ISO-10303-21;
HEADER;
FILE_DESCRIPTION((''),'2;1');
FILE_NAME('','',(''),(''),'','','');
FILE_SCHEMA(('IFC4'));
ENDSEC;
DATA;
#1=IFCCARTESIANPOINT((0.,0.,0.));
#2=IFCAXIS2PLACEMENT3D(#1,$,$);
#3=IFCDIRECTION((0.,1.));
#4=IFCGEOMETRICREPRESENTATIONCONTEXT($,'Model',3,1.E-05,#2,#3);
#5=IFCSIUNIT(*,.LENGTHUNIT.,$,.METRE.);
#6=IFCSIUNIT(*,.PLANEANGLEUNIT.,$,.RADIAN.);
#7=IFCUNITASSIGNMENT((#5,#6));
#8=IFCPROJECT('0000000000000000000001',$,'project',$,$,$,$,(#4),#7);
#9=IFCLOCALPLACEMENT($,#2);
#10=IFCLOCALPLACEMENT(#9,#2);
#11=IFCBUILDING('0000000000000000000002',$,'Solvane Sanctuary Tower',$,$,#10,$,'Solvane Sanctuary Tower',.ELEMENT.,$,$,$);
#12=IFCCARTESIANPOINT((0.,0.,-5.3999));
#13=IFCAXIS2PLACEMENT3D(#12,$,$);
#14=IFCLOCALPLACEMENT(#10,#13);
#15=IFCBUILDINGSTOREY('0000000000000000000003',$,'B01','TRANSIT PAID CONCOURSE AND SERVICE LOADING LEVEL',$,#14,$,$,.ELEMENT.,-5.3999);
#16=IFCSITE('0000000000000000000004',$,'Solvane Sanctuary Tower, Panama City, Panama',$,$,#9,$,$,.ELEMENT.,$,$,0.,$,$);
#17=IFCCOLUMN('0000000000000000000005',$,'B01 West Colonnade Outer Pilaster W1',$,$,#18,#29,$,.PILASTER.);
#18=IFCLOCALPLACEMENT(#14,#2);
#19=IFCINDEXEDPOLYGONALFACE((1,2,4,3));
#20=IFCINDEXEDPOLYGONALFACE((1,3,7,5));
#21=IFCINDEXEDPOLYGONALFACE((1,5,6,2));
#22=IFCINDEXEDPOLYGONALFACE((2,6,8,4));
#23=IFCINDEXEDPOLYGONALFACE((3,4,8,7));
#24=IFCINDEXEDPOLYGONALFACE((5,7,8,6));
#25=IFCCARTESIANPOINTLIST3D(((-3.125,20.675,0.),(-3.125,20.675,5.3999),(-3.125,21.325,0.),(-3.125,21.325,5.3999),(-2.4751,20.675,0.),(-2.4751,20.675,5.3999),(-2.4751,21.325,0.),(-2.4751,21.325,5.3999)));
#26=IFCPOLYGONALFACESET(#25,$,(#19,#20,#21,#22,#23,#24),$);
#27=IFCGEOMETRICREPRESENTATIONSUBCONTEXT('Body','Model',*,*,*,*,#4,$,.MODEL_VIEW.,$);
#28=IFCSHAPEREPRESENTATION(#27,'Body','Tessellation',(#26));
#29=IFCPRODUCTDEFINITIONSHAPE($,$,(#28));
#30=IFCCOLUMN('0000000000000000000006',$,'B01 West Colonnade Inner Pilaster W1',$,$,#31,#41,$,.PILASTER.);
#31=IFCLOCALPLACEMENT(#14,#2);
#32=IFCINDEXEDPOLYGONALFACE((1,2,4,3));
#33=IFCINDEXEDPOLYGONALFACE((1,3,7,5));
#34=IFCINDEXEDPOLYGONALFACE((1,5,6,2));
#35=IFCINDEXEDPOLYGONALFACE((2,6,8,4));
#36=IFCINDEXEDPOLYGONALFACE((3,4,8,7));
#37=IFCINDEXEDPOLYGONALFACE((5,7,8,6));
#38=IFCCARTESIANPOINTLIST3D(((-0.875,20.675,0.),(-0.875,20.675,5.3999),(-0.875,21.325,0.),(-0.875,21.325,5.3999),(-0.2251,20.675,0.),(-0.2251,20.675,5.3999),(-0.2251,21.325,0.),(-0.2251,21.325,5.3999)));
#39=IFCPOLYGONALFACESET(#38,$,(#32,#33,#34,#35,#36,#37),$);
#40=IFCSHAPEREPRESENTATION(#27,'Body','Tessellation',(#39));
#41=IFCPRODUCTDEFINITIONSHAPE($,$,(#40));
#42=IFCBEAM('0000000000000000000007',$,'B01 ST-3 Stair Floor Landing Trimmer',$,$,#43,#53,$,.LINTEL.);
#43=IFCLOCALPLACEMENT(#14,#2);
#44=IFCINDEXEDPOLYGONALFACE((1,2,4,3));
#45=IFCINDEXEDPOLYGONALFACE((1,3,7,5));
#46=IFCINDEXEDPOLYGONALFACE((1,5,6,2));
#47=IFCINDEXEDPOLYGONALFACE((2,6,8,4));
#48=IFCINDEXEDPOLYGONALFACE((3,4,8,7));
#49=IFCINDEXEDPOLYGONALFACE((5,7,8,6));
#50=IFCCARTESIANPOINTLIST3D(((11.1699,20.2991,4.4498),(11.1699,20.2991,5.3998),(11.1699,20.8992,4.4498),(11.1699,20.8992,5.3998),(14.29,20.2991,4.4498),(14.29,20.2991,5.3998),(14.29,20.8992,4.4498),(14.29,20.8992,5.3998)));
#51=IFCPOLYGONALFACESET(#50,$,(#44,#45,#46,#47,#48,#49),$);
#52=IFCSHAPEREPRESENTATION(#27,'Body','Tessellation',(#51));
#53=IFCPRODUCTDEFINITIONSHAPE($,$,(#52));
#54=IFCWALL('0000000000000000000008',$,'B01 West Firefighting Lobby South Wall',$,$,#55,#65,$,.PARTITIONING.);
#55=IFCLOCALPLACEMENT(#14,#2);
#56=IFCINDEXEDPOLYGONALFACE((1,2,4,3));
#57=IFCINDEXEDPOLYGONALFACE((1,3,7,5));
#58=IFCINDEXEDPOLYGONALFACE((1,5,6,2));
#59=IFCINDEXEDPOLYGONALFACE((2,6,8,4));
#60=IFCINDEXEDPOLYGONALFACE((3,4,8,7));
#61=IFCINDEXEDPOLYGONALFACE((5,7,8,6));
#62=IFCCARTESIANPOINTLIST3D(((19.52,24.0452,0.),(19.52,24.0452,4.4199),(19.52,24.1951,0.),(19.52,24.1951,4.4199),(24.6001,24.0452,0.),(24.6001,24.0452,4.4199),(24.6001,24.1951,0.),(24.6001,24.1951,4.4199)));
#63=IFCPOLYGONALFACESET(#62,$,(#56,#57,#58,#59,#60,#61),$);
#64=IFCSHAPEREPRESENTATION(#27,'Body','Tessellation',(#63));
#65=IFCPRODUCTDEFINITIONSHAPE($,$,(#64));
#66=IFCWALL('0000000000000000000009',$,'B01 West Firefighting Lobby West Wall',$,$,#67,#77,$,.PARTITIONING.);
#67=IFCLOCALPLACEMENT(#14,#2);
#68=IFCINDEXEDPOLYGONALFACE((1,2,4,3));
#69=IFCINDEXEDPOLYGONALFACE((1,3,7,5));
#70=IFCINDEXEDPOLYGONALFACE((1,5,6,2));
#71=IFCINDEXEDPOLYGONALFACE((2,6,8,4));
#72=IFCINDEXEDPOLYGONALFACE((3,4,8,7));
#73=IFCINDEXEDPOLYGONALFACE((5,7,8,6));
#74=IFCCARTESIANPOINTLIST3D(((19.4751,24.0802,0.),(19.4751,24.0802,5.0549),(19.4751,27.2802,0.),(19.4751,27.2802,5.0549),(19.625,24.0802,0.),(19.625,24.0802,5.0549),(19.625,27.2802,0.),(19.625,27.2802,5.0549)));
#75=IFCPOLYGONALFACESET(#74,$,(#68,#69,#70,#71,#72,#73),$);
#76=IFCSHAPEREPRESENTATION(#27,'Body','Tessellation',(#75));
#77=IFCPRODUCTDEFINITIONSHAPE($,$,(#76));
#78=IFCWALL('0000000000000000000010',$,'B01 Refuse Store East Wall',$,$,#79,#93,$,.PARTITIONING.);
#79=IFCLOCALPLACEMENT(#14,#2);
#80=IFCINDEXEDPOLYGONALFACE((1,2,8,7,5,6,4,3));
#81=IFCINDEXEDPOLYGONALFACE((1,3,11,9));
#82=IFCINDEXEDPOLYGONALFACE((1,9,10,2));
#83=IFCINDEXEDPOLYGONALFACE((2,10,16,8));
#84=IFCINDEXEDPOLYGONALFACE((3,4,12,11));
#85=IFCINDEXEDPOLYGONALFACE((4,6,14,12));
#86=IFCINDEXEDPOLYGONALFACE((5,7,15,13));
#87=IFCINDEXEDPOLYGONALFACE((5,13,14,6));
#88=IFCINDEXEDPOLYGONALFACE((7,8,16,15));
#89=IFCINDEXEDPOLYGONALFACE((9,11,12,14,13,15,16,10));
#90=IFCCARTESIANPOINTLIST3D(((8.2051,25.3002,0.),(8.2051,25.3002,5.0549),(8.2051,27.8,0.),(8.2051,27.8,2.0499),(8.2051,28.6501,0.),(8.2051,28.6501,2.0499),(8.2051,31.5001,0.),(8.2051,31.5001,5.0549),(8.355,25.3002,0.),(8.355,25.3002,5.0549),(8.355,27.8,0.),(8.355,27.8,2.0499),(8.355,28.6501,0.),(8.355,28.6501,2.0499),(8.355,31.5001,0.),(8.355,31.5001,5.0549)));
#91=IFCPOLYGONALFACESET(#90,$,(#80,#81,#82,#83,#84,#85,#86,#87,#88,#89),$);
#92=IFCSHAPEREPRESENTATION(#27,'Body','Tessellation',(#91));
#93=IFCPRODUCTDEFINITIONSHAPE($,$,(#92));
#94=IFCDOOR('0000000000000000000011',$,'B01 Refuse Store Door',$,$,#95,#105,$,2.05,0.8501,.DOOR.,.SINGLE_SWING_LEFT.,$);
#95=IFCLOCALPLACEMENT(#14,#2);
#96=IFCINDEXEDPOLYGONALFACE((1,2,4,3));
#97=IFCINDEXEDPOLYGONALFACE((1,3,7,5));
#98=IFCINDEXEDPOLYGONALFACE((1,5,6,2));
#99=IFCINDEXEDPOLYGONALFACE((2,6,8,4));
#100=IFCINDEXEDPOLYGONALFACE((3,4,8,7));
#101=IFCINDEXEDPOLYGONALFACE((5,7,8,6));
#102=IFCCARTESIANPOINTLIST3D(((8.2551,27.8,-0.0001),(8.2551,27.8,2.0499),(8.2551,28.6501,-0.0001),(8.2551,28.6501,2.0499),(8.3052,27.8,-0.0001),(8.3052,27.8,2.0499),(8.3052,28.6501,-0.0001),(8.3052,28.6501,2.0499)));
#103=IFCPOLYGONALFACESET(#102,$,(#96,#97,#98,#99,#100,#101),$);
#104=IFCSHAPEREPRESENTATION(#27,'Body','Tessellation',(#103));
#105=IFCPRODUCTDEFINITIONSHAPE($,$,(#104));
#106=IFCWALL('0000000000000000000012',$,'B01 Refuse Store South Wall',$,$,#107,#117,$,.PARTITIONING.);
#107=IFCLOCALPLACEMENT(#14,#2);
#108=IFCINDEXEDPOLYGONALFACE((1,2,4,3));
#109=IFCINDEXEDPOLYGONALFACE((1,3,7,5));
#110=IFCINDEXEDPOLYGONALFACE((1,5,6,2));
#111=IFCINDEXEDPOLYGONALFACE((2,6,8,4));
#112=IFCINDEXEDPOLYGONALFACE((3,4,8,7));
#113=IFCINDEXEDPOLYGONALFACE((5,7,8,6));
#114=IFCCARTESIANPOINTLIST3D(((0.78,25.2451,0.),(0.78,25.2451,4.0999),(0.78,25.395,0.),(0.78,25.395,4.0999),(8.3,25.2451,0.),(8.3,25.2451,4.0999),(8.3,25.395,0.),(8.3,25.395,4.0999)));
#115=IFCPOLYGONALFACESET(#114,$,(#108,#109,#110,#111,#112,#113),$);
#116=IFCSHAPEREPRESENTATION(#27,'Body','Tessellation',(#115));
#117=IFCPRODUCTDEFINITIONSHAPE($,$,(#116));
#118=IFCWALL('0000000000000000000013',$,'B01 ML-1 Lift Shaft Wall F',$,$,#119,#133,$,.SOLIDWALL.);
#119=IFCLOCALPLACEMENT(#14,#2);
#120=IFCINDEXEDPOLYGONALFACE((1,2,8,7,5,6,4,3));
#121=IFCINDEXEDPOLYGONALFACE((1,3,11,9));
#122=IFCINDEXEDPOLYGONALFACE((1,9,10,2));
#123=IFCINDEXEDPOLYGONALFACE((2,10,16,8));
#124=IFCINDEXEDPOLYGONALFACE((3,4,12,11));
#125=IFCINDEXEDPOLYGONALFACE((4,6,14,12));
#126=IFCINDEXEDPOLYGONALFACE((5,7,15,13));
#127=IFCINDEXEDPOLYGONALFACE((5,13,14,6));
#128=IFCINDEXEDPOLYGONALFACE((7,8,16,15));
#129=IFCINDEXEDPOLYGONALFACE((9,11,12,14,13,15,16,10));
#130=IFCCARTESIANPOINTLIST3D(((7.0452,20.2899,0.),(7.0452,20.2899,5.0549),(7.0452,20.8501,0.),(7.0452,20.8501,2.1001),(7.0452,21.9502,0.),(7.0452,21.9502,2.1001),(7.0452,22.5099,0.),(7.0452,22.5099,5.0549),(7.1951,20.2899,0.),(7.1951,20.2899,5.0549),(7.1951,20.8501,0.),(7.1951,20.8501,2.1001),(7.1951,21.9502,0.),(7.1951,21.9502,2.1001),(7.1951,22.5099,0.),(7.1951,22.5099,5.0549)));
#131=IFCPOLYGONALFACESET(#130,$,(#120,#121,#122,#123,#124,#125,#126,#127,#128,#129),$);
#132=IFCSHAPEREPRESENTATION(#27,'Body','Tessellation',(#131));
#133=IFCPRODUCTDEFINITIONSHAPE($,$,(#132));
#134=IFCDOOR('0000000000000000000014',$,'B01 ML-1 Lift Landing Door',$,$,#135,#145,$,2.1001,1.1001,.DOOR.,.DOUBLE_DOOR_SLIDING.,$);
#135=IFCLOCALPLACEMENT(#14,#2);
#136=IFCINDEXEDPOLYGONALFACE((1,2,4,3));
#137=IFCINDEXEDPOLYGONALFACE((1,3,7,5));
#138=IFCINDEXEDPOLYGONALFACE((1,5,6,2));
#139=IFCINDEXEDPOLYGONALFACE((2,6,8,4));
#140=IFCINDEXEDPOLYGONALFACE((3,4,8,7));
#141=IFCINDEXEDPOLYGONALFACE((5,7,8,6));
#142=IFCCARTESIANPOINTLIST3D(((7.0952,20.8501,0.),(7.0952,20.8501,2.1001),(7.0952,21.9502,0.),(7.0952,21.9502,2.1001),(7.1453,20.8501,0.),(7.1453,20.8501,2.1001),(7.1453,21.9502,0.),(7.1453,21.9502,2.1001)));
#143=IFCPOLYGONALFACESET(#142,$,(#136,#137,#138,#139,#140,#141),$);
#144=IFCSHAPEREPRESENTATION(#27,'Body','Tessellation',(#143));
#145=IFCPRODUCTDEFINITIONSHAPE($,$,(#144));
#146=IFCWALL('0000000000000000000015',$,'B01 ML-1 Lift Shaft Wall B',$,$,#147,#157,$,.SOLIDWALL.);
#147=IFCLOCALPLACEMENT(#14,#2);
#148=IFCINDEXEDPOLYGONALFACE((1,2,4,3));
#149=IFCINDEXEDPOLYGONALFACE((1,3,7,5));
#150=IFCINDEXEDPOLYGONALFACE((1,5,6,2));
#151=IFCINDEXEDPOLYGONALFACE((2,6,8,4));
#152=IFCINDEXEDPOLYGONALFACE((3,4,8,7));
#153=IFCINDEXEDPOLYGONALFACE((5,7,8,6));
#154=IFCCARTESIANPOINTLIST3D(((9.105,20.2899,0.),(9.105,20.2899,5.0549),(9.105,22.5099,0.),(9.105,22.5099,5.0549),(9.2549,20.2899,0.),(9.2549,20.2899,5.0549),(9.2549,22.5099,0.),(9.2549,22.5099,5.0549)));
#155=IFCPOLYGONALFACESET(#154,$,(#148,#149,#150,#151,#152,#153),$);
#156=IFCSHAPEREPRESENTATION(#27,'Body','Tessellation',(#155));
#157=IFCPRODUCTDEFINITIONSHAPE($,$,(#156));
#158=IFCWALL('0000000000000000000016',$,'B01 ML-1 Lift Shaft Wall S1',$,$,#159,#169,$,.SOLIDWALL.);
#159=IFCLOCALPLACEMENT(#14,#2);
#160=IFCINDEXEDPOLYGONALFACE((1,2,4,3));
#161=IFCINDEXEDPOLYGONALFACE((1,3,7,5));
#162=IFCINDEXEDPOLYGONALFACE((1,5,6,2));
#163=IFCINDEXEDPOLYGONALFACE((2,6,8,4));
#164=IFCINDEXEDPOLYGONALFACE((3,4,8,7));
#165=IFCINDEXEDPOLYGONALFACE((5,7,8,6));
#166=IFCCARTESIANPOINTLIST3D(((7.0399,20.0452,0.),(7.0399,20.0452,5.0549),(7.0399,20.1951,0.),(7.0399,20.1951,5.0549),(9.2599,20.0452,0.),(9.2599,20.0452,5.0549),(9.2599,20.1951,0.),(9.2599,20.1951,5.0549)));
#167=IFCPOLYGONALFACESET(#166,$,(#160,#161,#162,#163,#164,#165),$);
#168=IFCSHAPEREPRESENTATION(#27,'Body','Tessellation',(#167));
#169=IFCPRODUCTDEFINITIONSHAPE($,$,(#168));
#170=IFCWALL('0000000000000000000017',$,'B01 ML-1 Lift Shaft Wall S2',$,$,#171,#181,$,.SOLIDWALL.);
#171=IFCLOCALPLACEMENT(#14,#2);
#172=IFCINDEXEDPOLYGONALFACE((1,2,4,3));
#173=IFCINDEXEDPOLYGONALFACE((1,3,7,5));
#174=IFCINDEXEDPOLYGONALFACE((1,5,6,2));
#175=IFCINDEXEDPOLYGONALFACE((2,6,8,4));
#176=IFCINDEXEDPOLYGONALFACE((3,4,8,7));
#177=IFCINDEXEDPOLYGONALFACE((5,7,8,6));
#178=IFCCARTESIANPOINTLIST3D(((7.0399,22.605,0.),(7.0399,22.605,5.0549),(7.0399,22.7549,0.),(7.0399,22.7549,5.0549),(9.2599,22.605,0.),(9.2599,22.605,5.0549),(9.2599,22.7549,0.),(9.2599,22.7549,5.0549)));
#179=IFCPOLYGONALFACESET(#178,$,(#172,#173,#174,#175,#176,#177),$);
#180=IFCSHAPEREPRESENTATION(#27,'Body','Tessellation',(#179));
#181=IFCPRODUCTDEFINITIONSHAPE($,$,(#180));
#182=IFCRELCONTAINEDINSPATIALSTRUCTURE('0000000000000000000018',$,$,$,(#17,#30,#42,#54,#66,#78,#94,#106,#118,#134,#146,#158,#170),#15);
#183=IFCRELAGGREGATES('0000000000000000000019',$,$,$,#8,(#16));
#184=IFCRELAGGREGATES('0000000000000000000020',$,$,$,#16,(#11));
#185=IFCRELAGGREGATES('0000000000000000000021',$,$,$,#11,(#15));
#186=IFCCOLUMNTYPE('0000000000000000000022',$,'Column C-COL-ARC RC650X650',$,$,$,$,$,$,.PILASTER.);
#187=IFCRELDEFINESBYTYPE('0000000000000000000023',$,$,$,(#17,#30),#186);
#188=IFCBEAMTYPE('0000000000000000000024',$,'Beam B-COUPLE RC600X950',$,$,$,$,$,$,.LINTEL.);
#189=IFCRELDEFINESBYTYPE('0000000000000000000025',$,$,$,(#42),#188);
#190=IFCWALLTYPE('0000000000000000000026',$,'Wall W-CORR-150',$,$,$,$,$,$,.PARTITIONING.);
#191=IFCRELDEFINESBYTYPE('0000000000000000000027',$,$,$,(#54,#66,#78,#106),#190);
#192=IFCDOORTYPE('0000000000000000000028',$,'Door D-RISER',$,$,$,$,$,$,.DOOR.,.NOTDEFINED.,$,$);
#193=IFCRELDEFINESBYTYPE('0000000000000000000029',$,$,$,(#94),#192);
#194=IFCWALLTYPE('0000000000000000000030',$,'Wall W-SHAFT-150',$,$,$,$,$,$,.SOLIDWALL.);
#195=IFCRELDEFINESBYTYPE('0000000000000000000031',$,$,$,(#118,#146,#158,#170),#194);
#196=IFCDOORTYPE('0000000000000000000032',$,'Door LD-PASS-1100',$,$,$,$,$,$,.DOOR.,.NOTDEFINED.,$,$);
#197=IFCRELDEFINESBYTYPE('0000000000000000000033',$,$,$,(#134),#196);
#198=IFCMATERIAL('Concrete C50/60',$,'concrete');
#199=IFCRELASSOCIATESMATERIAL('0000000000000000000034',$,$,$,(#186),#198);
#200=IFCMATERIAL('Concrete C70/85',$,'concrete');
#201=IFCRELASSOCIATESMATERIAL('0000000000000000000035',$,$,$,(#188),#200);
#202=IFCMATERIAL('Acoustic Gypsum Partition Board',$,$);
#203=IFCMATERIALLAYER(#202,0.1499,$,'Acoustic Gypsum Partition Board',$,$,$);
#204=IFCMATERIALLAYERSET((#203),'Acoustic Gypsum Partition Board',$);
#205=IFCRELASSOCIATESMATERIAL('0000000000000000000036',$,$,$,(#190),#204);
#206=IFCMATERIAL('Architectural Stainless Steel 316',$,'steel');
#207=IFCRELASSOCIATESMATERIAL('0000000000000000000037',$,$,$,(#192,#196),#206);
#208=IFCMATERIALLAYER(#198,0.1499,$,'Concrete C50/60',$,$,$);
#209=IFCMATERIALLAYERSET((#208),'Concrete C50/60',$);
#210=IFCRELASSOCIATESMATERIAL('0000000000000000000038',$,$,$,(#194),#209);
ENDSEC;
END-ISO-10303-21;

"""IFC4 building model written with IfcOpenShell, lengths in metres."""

from ifc_helpers import new_model, si_unit, direction, frame, frame_2d, origin, origin_2d, place, context, subcontext, project, spatial, rectangle, extrude, material, layer, layer_set, material_profile, profile_set, type_object, element, fill, save


model = new_model("IFC4")

# Units and contexts
model_context = context("Model", 3, precision=1e-05, world=origin(), true_north=direction((0.0, 1.0)))
body_context = subcontext(model_context, "Body", "Model", "MODEL_VIEW")
ifc_project = project(units=[si_unit("LENGTHUNIT", "METRE"), si_unit("PLANEANGLEUNIT", "RADIAN")], contexts=[model_context])

# Site, building, storey
site_placement = place(None, origin())
site = spatial("IfcSite", under=ifc_project, at=site_placement, Name="Solvane Sanctuary Tower, Panama City, Panama", CompositionType="ELEMENT", RefElevation=0.0)
building_placement = place(site_placement, origin())
building = spatial("IfcBuilding", under=site, at=building_placement, Name="Solvane Sanctuary Tower", LongName="Solvane Sanctuary Tower", CompositionType="ELEMENT")
storey_placement = place(building_placement, frame((0.0, 0.0, -5.3999)))
storey = spatial("IfcBuildingStorey", under=building, at=storey_placement, Name="B01", Description="TRANSIT PAID CONCOURSE AND SERVICE LOADING LEVEL", CompositionType="ELEMENT", Elevation=-5.3999)

# Columns
ifc_material_1 = material(Name="Concrete C50/60", Category="concrete")
ifc_material_profile_1 = material_profile(ifc_material_1, rectangle(XDim=0.6499, YDim=0.6499, at=origin_2d()), Name="RC650X650")
ifc_profile_set_1 = profile_set([ifc_material_profile_1], Name="Concrete C50/60")
column_type = type_object("IfcColumnType", Name="Column C-COL-ARC RC650X650", PredefinedType="PILASTER", material=ifc_profile_set_1)
for number, where, z_axis, x_axis, name in (
    (1, (-2.8, 21.0, 0.0), (0.0, 0.0, 1.0), (1.0, 0.0, 0.0), "B01 West Colonnade Outer Pilaster W1"),
    (2, (-0.55, 21.0, 0.0), (0.0, 0.0, 1.0), (1.0, 0.0, 0.0), "B01 West Colonnade Inner Pilaster W1"),
):
    element("IfcColumn", number, at=place(storey_placement, frame(where, z_axis=z_axis, x_axis=x_axis)), inside=storey, type_object=column_type, Name=name, PredefinedType="PILASTER", context=body_context, shape_type="SweptSolid", body=[
        extrude(rectangle(XDim=0.6499, YDim=0.6499, at=origin_2d()), origin(), (0.0, 0.0, 1.0), 5.3999),
    ])

# Beam
ifc_material_2 = material(Name="Concrete C70/85", Category="concrete")
ifc_material_profile_2 = material_profile(ifc_material_2, rectangle(XDim=0.6001, YDim=0.95, at=origin_2d()), Name="RC600X950")
ifc_profile_set_2 = profile_set([ifc_material_profile_2], Name="Concrete C70/85")
beam_type = type_object("IfcBeamType", Name="Beam B-COUPLE RC600X950", PredefinedType="LINTEL", material=ifc_profile_set_2)
beam_placement = place(storey_placement, frame((11.1699, 20.5991, 4.9248), z_axis=(1.0, 0.0, 0.0), x_axis=(0.0, 1.0, 0.0)))
element("IfcBeam", 3, at=beam_placement, inside=storey, type_object=beam_type, Name="B01 ST-3 Stair Floor Landing Trimmer", PredefinedType="LINTEL", context=body_context, shape_type="SweptSolid", body=[
    extrude(rectangle(XDim=0.6001, YDim=0.95, at=origin_2d()), origin(), (0.0, 0.0, 1.0), 3.1201),
])

# Walls
ifc_material_3 = material(Name="Acoustic Gypsum Partition Board")
ifc_layer_1 = layer(ifc_material_3, 0.1499, Name="Acoustic Gypsum Partition Board")
ifc_layer_set_1 = layer_set([ifc_layer_1], Name="Acoustic Gypsum Partition Board")
wall_type_1 = type_object("IfcWallType", Name="Wall W-CORR-150", PredefinedType="PARTITIONING", material=ifc_layer_set_1)
wall_1_placement = place(storey_placement, frame((19.52, 24.1201, 0.0), z_axis=(0.0, 0.0, 1.0), x_axis=(1.0, 0.0, 0.0)))
element("IfcWall", 4, at=wall_1_placement, inside=storey, type_object=wall_type_1, Name="B01 West Firefighting Lobby South Wall", PredefinedType="PARTITIONING", context=body_context, shape_type="SweptSolid", body=[
    extrude(rectangle(XDim=5.0801, YDim=0.1499, at=frame_2d((2.54, 0.0))), origin(), (0.0, 0.0, 1.0), 4.4199),
])
wall_2_placement = place(storey_placement, frame((19.55, 24.0801, 0.0), z_axis=(0.0, 0.0, 1.0), x_axis=(0.0, 1.0, 0.0)))
element("IfcWall", 5, at=wall_2_placement, inside=storey, type_object=wall_type_1, Name="B01 West Firefighting Lobby West Wall", PredefinedType="PARTITIONING", context=body_context, shape_type="SweptSolid", body=[
    extrude(rectangle(XDim=3.2, YDim=0.1499, at=frame_2d((1.6001, 0.0))), origin(), (0.0, 0.0, 1.0), 5.0549),
])

# Wall, opening, door
wall_3_placement = place(storey_placement, frame((8.28, 25.3, 0.0), z_axis=(0.0, 0.0, 1.0), x_axis=(0.0, 1.0, 0.0)))
wall_3 = element("IfcWall", 6, at=wall_3_placement, inside=storey, type_object=wall_type_1, Name="B01 Refuse Store East Wall", PredefinedType="PARTITIONING", context=body_context, shape_type="SweptSolid", body=[
    extrude(rectangle(XDim=6.2, YDim=0.1499, at=frame_2d((3.1001, 0.0))), origin(), (0.0, 0.0, 1.0), 5.0549),
])
opening_1_placement = place(wall_3_placement, frame((2.5, 0.0, 0.0)))
opening_1 = element("IfcOpeningElement", 7, at=opening_1_placement, cuts=wall_3, PredefinedType="OPENING", context=body_context, shape_type="SweptSolid", body=[
    extrude(rectangle(XDim=0.8501, YDim=2.05, at=frame_2d((0.425, 1.0249))), frame((0.0, 0.085, 0.0), z_axis=(0.0, -1.0, 0.0), x_axis=(1.0, 0.0, 0.0)), (0.0, 0.0, 1.0), 0.1699),
])
ifc_material_4 = material(Name="Architectural Stainless Steel 316", Category="steel")
door_type_1 = type_object("IfcDoorType", Name="Door D-RISER", OperationType="NOTDEFINED", PredefinedType="DOOR", material=ifc_material_4)
door_1_placement = place(opening_1_placement, origin())
door_1 = element("IfcDoor", 8, at=door_1_placement, inside=storey, type_object=door_type_1, Name="B01 Refuse Store Door", OperationType="SINGLE_SWING_LEFT", OverallHeight=2.05, OverallWidth=0.8501, PredefinedType="DOOR", context=body_context, shape_type="SweptSolid", body=[
    extrude(rectangle(XDim=0.8501, YDim=2.05, at=frame_2d((0.425, 1.0249))), frame((0.0, 0.0249, 0.0), z_axis=(0.0, -1.0, 0.0), x_axis=(1.0, 0.0, 0.0)), (0.0, 0.0, 1.0), 0.05),
])
fill(opening_1, door_1)

# Wall
wall_4_placement = place(storey_placement, frame((0.78, 25.3201, 0.0), z_axis=(0.0, 0.0, 1.0), x_axis=(1.0, 0.0, 0.0)))
element("IfcWall", 9, at=wall_4_placement, inside=storey, type_object=wall_type_1, Name="B01 Refuse Store South Wall", PredefinedType="PARTITIONING", context=body_context, shape_type="SweptSolid", body=[
    extrude(rectangle(XDim=7.52, YDim=0.1499, at=frame_2d((3.76, 0.0))), origin(), (0.0, 0.0, 1.0), 4.0999),
])

# Wall, opening, door
ifc_layer_2 = layer(ifc_material_1, 0.1499, Name="Concrete C50/60")
ifc_layer_set_2 = layer_set([ifc_layer_2], Name="Concrete C50/60")
wall_type_2 = type_object("IfcWallType", Name="Wall W-SHAFT-150", PredefinedType="SOLIDWALL", material=ifc_layer_set_2)
wall_5_placement = place(storey_placement, frame((7.1201, 20.29, 0.0), z_axis=(0.0, 0.0, 1.0), x_axis=(0.0, 1.0, 0.0)))
wall_5 = element("IfcWall", 10, at=wall_5_placement, inside=storey, type_object=wall_type_2, Name="B01 ML-1 Lift Shaft Wall F", PredefinedType="SOLIDWALL", context=body_context, shape_type="SweptSolid", body=[
    extrude(rectangle(XDim=2.22, YDim=0.1499, at=frame_2d((1.1099, 0.0))), origin(), (0.0, 0.0, 1.0), 5.0549),
])
opening_2_placement = place(wall_5_placement, frame((0.5601, 0.0, 0.0)))
opening_2 = element("IfcOpeningElement", 11, at=opening_2_placement, cuts=wall_5, PredefinedType="OPENING", context=body_context, shape_type="SweptSolid", body=[
    extrude(rectangle(XDim=1.1001, YDim=2.1001, at=frame_2d((0.55, 1.05))), frame((0.0, 0.085, 0.0), z_axis=(0.0, -1.0, 0.0), x_axis=(1.0, 0.0, 0.0)), (0.0, 0.0, 1.0), 0.1699),
])
door_type_2 = type_object("IfcDoorType", Name="Door LD-PASS-1100", OperationType="NOTDEFINED", PredefinedType="DOOR", material=ifc_material_4)
door_2_placement = place(opening_2_placement, origin())
door_2 = element("IfcDoor", 12, at=door_2_placement, inside=storey, type_object=door_type_2, Name="B01 ML-1 Lift Landing Door", OperationType="DOUBLE_DOOR_SLIDING", OverallHeight=2.1001, OverallWidth=1.1001, PredefinedType="DOOR", context=body_context, shape_type="SweptSolid", body=[
    extrude(rectangle(XDim=1.1001, YDim=2.1001, at=frame_2d((0.55, 1.05))), frame((0.0, 0.0249, 0.0), z_axis=(0.0, -1.0, 0.0), x_axis=(1.0, 0.0, 0.0)), (0.0, 0.0, 1.0), 0.05),
])
fill(opening_2, door_2)

# Walls
for number, where, z_axis, x_axis, name in (
    (13, (9.1799, 20.29, 0.0), (0.0, 0.0, 1.0), (0.0, 1.0, 0.0), "B01 ML-1 Lift Shaft Wall B"),
    (14, (7.04, 20.1201, 0.0), (0.0, 0.0, 1.0), (1.0, 0.0, 0.0), "B01 ML-1 Lift Shaft Wall S1"),
    (15, (7.04, 22.6799, 0.0), (0.0, 0.0, 1.0), (1.0, 0.0, 0.0), "B01 ML-1 Lift Shaft Wall S2"),
):
    element("IfcWall", number, at=place(storey_placement, frame(where, z_axis=z_axis, x_axis=x_axis)), inside=storey, type_object=wall_type_2, Name=name, PredefinedType="SOLIDWALL", context=body_context, shape_type="SweptSolid", body=[
        extrude(rectangle(XDim=2.22, YDim=0.1499, at=frame_2d((1.1099, 0.0))), origin(), (0.0, 0.0, 1.0), 5.0549),
    ])

save(model, "model.ifc")
